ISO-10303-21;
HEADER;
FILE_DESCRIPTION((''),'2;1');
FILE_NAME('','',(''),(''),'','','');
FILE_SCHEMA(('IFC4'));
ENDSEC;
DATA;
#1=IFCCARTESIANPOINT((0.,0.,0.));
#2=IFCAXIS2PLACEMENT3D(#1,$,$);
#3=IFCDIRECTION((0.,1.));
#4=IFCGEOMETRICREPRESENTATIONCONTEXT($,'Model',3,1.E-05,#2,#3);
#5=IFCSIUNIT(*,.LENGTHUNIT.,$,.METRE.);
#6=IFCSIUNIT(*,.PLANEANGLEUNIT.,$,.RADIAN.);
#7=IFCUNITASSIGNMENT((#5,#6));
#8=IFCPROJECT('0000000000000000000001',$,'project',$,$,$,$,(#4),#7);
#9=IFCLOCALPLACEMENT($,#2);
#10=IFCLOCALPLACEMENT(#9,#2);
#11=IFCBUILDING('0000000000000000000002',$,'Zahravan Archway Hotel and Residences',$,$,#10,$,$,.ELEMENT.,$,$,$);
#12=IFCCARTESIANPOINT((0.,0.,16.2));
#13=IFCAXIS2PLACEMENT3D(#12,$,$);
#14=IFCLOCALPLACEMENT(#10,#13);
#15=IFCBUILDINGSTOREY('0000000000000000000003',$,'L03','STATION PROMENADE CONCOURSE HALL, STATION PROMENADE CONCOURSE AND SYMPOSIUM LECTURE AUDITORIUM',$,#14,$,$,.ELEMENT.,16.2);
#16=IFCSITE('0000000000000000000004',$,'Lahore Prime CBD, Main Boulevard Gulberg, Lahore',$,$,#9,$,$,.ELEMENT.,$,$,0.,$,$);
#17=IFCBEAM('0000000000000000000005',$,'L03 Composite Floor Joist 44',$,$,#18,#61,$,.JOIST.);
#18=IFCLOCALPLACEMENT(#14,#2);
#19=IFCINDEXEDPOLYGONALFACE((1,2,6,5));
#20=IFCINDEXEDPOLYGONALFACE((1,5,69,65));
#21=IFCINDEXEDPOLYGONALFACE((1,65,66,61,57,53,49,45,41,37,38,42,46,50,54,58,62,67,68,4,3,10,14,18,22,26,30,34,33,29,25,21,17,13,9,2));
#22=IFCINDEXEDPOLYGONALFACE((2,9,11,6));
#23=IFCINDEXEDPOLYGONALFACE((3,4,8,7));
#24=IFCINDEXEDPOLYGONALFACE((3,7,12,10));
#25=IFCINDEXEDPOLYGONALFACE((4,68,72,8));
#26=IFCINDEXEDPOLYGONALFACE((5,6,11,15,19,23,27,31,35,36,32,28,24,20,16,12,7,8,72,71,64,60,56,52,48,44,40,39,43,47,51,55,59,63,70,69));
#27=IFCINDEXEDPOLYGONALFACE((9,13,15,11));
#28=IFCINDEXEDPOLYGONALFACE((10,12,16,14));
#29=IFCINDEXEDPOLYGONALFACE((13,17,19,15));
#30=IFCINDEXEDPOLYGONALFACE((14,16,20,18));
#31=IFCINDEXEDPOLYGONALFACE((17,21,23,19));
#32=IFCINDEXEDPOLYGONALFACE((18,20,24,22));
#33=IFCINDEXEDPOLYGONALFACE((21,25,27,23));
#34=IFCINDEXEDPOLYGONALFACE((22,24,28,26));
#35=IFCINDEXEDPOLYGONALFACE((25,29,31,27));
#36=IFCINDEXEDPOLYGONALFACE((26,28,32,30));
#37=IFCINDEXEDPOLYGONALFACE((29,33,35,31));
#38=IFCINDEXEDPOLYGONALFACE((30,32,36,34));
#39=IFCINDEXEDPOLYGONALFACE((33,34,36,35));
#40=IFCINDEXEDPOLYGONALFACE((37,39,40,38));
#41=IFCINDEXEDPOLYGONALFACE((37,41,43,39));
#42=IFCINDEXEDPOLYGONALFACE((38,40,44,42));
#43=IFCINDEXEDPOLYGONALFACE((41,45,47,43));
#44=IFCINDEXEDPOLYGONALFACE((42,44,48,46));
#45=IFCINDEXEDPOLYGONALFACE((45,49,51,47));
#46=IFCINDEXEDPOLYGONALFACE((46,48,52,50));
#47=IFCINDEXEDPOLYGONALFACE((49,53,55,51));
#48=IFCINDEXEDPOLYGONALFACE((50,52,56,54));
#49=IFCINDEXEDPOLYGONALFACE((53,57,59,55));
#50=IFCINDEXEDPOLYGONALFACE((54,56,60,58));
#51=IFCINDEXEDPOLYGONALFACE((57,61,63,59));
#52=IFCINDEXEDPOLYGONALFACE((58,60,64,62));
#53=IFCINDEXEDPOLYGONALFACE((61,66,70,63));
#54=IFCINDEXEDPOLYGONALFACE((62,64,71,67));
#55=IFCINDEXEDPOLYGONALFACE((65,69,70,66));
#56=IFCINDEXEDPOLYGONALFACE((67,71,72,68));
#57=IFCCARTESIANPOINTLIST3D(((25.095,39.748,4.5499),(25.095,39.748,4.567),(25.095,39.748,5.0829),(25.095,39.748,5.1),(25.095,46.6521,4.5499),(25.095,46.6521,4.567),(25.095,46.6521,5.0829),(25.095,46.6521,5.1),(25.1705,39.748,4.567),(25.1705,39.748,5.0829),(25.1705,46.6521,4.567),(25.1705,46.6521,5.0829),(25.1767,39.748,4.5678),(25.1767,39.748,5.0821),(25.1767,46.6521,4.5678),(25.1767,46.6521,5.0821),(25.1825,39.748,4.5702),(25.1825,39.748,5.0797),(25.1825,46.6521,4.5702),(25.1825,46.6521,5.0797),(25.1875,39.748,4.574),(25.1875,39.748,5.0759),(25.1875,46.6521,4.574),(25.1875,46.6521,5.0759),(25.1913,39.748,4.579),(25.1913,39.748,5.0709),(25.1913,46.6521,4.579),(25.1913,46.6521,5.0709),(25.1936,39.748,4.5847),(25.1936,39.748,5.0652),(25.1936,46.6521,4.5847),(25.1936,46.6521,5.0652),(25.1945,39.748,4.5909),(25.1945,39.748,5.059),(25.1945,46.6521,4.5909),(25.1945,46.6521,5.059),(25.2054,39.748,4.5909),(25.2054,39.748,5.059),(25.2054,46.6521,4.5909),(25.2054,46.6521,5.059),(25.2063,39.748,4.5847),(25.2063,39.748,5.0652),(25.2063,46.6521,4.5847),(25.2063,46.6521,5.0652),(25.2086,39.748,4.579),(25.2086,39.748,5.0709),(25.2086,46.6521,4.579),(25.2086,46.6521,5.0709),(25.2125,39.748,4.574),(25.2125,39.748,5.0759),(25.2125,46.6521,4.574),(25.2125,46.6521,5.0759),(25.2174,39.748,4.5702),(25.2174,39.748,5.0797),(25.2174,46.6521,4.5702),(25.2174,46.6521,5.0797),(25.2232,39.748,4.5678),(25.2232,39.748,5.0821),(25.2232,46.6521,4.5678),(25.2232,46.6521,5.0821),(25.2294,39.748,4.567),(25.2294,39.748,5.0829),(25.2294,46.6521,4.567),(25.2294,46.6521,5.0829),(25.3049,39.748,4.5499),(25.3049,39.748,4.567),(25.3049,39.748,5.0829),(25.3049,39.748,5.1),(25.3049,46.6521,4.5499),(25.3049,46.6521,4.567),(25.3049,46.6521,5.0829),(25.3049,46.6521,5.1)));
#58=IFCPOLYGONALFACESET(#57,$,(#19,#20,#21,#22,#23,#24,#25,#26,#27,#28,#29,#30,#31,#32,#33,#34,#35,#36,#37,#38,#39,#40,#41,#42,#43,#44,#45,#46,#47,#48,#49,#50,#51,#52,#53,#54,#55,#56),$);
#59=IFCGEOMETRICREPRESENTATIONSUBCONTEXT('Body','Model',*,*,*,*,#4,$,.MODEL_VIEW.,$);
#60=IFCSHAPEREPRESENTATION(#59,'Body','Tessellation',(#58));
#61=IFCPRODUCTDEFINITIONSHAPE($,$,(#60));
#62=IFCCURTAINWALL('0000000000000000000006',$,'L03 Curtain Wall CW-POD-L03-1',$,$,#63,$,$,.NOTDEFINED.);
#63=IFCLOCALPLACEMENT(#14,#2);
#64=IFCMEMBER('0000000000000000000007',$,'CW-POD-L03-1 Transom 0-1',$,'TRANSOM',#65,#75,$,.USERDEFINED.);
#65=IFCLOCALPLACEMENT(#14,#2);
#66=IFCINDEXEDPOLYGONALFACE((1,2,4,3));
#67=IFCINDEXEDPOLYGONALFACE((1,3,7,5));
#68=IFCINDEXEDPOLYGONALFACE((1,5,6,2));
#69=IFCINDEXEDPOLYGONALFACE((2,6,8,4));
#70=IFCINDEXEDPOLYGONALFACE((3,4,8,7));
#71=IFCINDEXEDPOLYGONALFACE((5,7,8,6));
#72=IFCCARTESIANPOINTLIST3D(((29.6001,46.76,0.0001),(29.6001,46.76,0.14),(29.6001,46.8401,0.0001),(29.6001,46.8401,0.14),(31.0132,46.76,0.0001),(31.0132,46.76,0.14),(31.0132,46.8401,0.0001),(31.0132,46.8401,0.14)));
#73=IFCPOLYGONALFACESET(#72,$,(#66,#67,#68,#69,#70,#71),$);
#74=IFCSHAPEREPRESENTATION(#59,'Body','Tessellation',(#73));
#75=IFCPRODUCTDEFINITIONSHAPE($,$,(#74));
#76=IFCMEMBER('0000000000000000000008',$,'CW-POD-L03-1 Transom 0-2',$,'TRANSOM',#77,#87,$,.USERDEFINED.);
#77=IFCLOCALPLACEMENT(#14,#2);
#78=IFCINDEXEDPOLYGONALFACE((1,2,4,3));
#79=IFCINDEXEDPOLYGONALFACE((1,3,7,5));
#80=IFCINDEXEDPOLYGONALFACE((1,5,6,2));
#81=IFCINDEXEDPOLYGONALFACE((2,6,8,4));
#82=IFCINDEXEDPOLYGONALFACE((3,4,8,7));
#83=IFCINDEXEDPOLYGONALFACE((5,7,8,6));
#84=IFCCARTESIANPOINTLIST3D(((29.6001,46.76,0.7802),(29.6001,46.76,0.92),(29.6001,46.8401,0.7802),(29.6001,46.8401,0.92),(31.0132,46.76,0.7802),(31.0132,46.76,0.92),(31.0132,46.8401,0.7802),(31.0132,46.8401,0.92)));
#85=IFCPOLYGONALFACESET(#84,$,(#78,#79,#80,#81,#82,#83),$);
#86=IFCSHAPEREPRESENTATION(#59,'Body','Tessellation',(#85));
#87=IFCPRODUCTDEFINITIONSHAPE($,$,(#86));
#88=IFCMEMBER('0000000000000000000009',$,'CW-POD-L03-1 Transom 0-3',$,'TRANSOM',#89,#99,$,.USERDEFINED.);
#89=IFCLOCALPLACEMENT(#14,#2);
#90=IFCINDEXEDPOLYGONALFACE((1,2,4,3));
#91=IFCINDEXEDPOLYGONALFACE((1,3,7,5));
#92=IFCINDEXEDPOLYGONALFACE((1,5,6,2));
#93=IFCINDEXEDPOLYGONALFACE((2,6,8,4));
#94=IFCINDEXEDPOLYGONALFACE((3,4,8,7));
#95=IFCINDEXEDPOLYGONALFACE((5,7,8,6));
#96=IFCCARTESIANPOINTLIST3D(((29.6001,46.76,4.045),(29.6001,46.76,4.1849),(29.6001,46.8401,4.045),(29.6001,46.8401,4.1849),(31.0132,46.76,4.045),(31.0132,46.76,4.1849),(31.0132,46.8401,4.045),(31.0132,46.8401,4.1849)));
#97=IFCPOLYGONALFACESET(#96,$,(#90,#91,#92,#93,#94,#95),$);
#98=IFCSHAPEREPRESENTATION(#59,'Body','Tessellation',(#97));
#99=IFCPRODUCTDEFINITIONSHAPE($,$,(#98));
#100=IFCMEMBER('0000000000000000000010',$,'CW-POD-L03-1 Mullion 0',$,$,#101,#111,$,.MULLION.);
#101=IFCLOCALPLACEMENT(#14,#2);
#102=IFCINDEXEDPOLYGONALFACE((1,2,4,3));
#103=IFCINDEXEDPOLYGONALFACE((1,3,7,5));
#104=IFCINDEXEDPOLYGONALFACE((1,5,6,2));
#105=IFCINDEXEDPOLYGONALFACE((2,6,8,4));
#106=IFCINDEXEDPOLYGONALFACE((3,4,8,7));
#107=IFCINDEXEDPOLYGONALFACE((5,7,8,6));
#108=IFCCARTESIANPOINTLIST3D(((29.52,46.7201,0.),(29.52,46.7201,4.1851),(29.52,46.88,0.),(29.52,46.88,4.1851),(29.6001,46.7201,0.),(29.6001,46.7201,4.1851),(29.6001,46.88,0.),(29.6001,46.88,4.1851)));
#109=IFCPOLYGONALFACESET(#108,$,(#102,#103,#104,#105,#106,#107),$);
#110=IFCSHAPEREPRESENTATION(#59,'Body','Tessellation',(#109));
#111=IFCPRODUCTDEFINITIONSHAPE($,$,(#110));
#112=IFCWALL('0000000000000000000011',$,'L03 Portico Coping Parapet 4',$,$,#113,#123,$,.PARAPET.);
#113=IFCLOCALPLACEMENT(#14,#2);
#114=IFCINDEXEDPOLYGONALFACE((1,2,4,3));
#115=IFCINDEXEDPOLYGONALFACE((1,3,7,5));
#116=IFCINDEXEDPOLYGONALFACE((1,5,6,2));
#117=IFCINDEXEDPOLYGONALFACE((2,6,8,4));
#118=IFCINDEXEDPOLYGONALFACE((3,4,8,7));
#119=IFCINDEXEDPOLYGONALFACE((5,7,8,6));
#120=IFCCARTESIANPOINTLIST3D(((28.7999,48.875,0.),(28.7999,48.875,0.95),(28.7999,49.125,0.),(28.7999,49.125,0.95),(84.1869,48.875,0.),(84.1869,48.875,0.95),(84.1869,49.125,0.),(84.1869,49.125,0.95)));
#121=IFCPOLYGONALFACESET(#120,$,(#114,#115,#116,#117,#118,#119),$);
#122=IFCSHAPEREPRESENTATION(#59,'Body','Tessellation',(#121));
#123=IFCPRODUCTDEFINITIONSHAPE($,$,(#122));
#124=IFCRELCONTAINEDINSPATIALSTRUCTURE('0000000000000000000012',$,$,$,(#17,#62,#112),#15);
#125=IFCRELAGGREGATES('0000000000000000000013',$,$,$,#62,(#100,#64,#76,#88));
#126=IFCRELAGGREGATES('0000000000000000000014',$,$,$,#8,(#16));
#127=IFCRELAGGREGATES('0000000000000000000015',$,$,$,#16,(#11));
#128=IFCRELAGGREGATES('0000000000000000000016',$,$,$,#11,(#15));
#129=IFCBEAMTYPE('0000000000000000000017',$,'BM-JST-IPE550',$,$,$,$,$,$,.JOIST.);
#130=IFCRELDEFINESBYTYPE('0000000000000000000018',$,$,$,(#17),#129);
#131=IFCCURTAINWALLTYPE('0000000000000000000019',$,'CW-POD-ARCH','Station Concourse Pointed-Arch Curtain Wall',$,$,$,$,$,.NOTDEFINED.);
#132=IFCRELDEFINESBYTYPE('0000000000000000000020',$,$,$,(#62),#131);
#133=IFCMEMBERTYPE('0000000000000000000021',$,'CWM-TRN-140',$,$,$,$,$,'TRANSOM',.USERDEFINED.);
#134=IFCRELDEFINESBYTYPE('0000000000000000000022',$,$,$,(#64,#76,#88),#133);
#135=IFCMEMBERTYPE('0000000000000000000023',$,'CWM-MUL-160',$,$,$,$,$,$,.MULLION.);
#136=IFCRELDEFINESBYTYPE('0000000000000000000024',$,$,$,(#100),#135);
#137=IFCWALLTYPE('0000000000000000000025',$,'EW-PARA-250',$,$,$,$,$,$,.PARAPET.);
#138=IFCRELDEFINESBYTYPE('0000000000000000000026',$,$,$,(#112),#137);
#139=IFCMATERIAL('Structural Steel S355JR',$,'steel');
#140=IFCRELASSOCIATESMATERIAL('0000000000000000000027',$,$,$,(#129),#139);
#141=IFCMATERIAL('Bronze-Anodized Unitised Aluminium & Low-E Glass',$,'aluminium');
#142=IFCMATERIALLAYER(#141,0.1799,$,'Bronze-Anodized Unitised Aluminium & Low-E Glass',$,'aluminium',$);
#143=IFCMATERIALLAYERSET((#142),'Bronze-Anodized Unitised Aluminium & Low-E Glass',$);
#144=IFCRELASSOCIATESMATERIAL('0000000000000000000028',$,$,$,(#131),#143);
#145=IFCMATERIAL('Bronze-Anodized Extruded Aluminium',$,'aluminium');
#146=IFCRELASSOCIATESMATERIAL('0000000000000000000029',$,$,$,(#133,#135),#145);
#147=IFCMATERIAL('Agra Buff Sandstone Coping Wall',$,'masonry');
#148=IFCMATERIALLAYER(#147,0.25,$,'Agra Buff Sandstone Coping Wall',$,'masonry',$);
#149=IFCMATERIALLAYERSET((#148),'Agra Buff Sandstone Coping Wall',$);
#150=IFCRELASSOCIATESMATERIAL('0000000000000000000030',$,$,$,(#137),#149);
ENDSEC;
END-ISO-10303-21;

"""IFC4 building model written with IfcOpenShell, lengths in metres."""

from ifc_helpers import new_model, si_unit, direction, frame, frame_2d, origin, origin_2d, place, context, subcontext, project, spatial, rectangle, i_section, extrude, source, transform, mapped, material, layer, layer_set, material_profile, profile_set, type_object, type_shapes, element, aggregate, save


model = new_model("IFC4")

# Units and contexts
model_context = context("Model", 3, precision=1e-05, world=origin(), true_north=direction((0.0, 1.0)))
body_context = subcontext(model_context, "Body", "Model", "MODEL_VIEW")
ifc_project = project(units=[si_unit("LENGTHUNIT", "METRE"), si_unit("PLANEANGLEUNIT", "RADIAN")], contexts=[model_context])

# Site, building, storey
site_placement = place(None, origin())
site = spatial("IfcSite", under=ifc_project, at=site_placement, Name="Lahore Prime CBD, Main Boulevard Gulberg, Lahore", CompositionType="ELEMENT", RefElevation=0.0)
building_placement = place(site_placement, origin())
building = spatial("IfcBuilding", under=site, at=building_placement, Name="Zahravan Archway Hotel and Residences", CompositionType="ELEMENT")
storey_placement = place(building_placement, frame((0.0, 0.0, 16.2)))
storey = spatial("IfcBuildingStorey", under=building, at=storey_placement, Name="L03", Description="STATION PROMENADE CONCOURSE HALL, STATION PROMENADE CONCOURSE AND SYMPOSIUM LECTURE AUDITORIUM", CompositionType="ELEMENT", Elevation=16.2)

# Beam
ifc_material_1 = material(Name="Structural Steel S355JR", Category="steel")
ifc_material_profile_1 = material_profile(ifc_material_1, i_section(OverallWidth=0.21, OverallDepth=0.55, WebThickness=0.011, FlangeThickness=0.0171, FilletRadius=0.0239, at=origin_2d()), Name="IPE 550", Category="steel")
ifc_profile_set_1 = profile_set([ifc_material_profile_1], Name="Structural Steel S355JR")
beam_type_1 = type_object("IfcBeamType", Name="BM-JST-IPE550", PredefinedType="JOIST", material=ifc_profile_set_1)
shared_shape_1 = source(origin(), body_context, "Body", "SweptSolid", [
    extrude(i_section(OverallWidth=0.21, OverallDepth=0.55, WebThickness=0.011, FlangeThickness=0.0171, FilletRadius=0.0239, at=origin_2d()), origin(), (0.0, 0.0, 1.0), 6.9041),
])
type_shapes(beam_type_1, [shared_shape_1])
for number, where, z_axis, x_axis, name in (
    (1, (25.2, 39.748, 4.825), (0.0, 1.0, 0.0), (-1.0, 0.0, 0.0), "L03 Composite Floor Joist 44"),
):
    element("IfcBeam", number, at=place(storey_placement, frame(where, z_axis=z_axis, x_axis=x_axis)), inside=storey, type_object=beam_type_1, Name=name, PredefinedType="JOIST", context=body_context, shape_type="MappedRepresentation", body=[
        mapped(shared_shape_1, transform((0.0, 0.0, 0.0), scale=1.0)),
    ])

# Curtain wall, members
ifc_material_2 = material(Name="Bronze-Anodized Unitised Aluminium & Low-E Glass", Category="aluminium")
ifc_layer_1 = layer(ifc_material_2, 0.1799, Name="Bronze-Anodized Unitised Aluminium & Low-E Glass", Category="aluminium")
ifc_layer_set_1 = layer_set([ifc_layer_1], Name="Bronze-Anodized Unitised Aluminium & Low-E Glass")
curtain_wall_type = type_object("IfcCurtainWallType", Name="CW-POD-ARCH", Description="Station Concourse Pointed-Arch Curtain Wall", PredefinedType="NOTDEFINED", material=ifc_layer_set_1)
curtain_wall_placement = place(storey_placement, origin())
curtain_wall = element("IfcCurtainWall", 2, at=curtain_wall_placement, inside=storey, type_object=curtain_wall_type, Name="L03 Curtain Wall CW-POD-L03-1", PredefinedType="NOTDEFINED")
ifc_material_3 = material(Name="Bronze-Anodized Extruded Aluminium", Category="aluminium")
ifc_material_profile_2 = material_profile(ifc_material_3, rectangle(XDim=0.0801, YDim=0.1399, at=origin_2d()), Name="TRN 80x140", Category="aluminium")
ifc_profile_set_2 = profile_set([ifc_material_profile_2], Name="Bronze-Anodized Extruded Aluminium")
member_type_1 = type_object("IfcMemberType", Name="CWM-TRN-140", ElementType="TRANSOM", PredefinedType="USERDEFINED", material=ifc_profile_set_2)
shared_shape_2 = source(origin(), body_context, "Body", "SweptSolid", [
    extrude(rectangle(XDim=0.0801, YDim=0.1399, at=origin_2d()), origin(), (0.0, 0.0, 1.0), 1.4131),
])
type_shapes(member_type_1, [shared_shape_2])
member_1_placement = place(storey_placement, frame((29.6001, 46.8, 0.0701), z_axis=(1.0, 0.0, 0.0), x_axis=(0.0, 1.0, 0.0)))
member_1 = element("IfcMember", 3, at=member_1_placement, type_object=member_type_1, Name="CW-POD-L03-1 Transom 0-1", ObjectType="TRANSOM", PredefinedType="USERDEFINED", context=body_context, shape_type="MappedRepresentation", body=[
    mapped(shared_shape_2, transform((0.0, 0.0, 0.0), scale=1.0)),
])
member_2_placement = place(storey_placement, frame((29.6001, 46.8, 0.8501), z_axis=(1.0, 0.0, 0.0), x_axis=(0.0, 1.0, 0.0)))
member_2 = element("IfcMember", 4, at=member_2_placement, type_object=member_type_1, Name="CW-POD-L03-1 Transom 0-2", ObjectType="TRANSOM", PredefinedType="USERDEFINED", context=body_context, shape_type="MappedRepresentation", body=[
    mapped(shared_shape_2, transform((0.0, 0.0, 0.0), scale=1.0)),
])
member_3_placement = place(storey_placement, frame((29.6001, 46.8, 4.115), z_axis=(1.0, 0.0, 0.0), x_axis=(0.0, 1.0, 0.0)))
member_3 = element("IfcMember", 5, at=member_3_placement, type_object=member_type_1, Name="CW-POD-L03-1 Transom 0-3", ObjectType="TRANSOM", PredefinedType="USERDEFINED", context=body_context, shape_type="MappedRepresentation", body=[
    mapped(shared_shape_2, transform((0.0, 0.0, 0.0), scale=1.0)),
])
ifc_material_profile_3 = material_profile(ifc_material_3, rectangle(XDim=0.0801, YDim=0.1599, at=origin_2d()), Name="MUL 80x160", Category="aluminium")
ifc_profile_set_3 = profile_set([ifc_material_profile_3], Name="Bronze-Anodized Extruded Aluminium")
member_type_2 = type_object("IfcMemberType", Name="CWM-MUL-160", PredefinedType="MULLION", material=ifc_profile_set_3)
shared_shape_3 = source(origin(), body_context, "Body", "SweptSolid", [
    extrude(rectangle(XDim=0.0801, YDim=0.1599, at=origin_2d()), origin(), (0.0, 0.0, 1.0), 4.1851),
])
member_4_placement = place(storey_placement, frame((29.5601, 46.8, 0.0), z_axis=(0.0, 0.0, 1.0), x_axis=(1.0, 0.0, 0.0)))
member_4 = element("IfcMember", 6, at=member_4_placement, type_object=member_type_2, Name="CW-POD-L03-1 Mullion 0", PredefinedType="MULLION", context=body_context, shape_type="MappedRepresentation", body=[
    mapped(shared_shape_3, transform((0.0, 0.0, 0.0), scale=1.0)),
])
aggregate(curtain_wall, [member_4, member_1, member_2, member_3])

# Wall
ifc_material_4 = material(Name="Agra Buff Sandstone Coping Wall", Category="masonry")
ifc_layer_2 = layer(ifc_material_4, 0.25, Name="Agra Buff Sandstone Coping Wall", Category="masonry")
ifc_layer_set_2 = layer_set([ifc_layer_2], Name="Agra Buff Sandstone Coping Wall")
wall_type_1 = type_object("IfcWallType", Name="EW-PARA-250", PredefinedType="PARAPET", material=ifc_layer_set_2)
wall_1_placement = place(storey_placement, frame((28.8, 49.0, 0.0), z_axis=(0.0, 0.0, 1.0), x_axis=(1.0, 0.0, 0.0)))
element("IfcWall", 7, at=wall_1_placement, inside=storey, type_object=wall_type_1, Name="L03 Portico Coping Parapet 4", PredefinedType="PARAPET", context=body_context, shape_type="SweptSolid", body=[
    extrude(rectangle(XDim=55.387, YDim=0.25, at=frame_2d((27.6934, 0.0))), origin(), (0.0, 0.0, 1.0), 0.95),
])

save(model, "model.ifc")
